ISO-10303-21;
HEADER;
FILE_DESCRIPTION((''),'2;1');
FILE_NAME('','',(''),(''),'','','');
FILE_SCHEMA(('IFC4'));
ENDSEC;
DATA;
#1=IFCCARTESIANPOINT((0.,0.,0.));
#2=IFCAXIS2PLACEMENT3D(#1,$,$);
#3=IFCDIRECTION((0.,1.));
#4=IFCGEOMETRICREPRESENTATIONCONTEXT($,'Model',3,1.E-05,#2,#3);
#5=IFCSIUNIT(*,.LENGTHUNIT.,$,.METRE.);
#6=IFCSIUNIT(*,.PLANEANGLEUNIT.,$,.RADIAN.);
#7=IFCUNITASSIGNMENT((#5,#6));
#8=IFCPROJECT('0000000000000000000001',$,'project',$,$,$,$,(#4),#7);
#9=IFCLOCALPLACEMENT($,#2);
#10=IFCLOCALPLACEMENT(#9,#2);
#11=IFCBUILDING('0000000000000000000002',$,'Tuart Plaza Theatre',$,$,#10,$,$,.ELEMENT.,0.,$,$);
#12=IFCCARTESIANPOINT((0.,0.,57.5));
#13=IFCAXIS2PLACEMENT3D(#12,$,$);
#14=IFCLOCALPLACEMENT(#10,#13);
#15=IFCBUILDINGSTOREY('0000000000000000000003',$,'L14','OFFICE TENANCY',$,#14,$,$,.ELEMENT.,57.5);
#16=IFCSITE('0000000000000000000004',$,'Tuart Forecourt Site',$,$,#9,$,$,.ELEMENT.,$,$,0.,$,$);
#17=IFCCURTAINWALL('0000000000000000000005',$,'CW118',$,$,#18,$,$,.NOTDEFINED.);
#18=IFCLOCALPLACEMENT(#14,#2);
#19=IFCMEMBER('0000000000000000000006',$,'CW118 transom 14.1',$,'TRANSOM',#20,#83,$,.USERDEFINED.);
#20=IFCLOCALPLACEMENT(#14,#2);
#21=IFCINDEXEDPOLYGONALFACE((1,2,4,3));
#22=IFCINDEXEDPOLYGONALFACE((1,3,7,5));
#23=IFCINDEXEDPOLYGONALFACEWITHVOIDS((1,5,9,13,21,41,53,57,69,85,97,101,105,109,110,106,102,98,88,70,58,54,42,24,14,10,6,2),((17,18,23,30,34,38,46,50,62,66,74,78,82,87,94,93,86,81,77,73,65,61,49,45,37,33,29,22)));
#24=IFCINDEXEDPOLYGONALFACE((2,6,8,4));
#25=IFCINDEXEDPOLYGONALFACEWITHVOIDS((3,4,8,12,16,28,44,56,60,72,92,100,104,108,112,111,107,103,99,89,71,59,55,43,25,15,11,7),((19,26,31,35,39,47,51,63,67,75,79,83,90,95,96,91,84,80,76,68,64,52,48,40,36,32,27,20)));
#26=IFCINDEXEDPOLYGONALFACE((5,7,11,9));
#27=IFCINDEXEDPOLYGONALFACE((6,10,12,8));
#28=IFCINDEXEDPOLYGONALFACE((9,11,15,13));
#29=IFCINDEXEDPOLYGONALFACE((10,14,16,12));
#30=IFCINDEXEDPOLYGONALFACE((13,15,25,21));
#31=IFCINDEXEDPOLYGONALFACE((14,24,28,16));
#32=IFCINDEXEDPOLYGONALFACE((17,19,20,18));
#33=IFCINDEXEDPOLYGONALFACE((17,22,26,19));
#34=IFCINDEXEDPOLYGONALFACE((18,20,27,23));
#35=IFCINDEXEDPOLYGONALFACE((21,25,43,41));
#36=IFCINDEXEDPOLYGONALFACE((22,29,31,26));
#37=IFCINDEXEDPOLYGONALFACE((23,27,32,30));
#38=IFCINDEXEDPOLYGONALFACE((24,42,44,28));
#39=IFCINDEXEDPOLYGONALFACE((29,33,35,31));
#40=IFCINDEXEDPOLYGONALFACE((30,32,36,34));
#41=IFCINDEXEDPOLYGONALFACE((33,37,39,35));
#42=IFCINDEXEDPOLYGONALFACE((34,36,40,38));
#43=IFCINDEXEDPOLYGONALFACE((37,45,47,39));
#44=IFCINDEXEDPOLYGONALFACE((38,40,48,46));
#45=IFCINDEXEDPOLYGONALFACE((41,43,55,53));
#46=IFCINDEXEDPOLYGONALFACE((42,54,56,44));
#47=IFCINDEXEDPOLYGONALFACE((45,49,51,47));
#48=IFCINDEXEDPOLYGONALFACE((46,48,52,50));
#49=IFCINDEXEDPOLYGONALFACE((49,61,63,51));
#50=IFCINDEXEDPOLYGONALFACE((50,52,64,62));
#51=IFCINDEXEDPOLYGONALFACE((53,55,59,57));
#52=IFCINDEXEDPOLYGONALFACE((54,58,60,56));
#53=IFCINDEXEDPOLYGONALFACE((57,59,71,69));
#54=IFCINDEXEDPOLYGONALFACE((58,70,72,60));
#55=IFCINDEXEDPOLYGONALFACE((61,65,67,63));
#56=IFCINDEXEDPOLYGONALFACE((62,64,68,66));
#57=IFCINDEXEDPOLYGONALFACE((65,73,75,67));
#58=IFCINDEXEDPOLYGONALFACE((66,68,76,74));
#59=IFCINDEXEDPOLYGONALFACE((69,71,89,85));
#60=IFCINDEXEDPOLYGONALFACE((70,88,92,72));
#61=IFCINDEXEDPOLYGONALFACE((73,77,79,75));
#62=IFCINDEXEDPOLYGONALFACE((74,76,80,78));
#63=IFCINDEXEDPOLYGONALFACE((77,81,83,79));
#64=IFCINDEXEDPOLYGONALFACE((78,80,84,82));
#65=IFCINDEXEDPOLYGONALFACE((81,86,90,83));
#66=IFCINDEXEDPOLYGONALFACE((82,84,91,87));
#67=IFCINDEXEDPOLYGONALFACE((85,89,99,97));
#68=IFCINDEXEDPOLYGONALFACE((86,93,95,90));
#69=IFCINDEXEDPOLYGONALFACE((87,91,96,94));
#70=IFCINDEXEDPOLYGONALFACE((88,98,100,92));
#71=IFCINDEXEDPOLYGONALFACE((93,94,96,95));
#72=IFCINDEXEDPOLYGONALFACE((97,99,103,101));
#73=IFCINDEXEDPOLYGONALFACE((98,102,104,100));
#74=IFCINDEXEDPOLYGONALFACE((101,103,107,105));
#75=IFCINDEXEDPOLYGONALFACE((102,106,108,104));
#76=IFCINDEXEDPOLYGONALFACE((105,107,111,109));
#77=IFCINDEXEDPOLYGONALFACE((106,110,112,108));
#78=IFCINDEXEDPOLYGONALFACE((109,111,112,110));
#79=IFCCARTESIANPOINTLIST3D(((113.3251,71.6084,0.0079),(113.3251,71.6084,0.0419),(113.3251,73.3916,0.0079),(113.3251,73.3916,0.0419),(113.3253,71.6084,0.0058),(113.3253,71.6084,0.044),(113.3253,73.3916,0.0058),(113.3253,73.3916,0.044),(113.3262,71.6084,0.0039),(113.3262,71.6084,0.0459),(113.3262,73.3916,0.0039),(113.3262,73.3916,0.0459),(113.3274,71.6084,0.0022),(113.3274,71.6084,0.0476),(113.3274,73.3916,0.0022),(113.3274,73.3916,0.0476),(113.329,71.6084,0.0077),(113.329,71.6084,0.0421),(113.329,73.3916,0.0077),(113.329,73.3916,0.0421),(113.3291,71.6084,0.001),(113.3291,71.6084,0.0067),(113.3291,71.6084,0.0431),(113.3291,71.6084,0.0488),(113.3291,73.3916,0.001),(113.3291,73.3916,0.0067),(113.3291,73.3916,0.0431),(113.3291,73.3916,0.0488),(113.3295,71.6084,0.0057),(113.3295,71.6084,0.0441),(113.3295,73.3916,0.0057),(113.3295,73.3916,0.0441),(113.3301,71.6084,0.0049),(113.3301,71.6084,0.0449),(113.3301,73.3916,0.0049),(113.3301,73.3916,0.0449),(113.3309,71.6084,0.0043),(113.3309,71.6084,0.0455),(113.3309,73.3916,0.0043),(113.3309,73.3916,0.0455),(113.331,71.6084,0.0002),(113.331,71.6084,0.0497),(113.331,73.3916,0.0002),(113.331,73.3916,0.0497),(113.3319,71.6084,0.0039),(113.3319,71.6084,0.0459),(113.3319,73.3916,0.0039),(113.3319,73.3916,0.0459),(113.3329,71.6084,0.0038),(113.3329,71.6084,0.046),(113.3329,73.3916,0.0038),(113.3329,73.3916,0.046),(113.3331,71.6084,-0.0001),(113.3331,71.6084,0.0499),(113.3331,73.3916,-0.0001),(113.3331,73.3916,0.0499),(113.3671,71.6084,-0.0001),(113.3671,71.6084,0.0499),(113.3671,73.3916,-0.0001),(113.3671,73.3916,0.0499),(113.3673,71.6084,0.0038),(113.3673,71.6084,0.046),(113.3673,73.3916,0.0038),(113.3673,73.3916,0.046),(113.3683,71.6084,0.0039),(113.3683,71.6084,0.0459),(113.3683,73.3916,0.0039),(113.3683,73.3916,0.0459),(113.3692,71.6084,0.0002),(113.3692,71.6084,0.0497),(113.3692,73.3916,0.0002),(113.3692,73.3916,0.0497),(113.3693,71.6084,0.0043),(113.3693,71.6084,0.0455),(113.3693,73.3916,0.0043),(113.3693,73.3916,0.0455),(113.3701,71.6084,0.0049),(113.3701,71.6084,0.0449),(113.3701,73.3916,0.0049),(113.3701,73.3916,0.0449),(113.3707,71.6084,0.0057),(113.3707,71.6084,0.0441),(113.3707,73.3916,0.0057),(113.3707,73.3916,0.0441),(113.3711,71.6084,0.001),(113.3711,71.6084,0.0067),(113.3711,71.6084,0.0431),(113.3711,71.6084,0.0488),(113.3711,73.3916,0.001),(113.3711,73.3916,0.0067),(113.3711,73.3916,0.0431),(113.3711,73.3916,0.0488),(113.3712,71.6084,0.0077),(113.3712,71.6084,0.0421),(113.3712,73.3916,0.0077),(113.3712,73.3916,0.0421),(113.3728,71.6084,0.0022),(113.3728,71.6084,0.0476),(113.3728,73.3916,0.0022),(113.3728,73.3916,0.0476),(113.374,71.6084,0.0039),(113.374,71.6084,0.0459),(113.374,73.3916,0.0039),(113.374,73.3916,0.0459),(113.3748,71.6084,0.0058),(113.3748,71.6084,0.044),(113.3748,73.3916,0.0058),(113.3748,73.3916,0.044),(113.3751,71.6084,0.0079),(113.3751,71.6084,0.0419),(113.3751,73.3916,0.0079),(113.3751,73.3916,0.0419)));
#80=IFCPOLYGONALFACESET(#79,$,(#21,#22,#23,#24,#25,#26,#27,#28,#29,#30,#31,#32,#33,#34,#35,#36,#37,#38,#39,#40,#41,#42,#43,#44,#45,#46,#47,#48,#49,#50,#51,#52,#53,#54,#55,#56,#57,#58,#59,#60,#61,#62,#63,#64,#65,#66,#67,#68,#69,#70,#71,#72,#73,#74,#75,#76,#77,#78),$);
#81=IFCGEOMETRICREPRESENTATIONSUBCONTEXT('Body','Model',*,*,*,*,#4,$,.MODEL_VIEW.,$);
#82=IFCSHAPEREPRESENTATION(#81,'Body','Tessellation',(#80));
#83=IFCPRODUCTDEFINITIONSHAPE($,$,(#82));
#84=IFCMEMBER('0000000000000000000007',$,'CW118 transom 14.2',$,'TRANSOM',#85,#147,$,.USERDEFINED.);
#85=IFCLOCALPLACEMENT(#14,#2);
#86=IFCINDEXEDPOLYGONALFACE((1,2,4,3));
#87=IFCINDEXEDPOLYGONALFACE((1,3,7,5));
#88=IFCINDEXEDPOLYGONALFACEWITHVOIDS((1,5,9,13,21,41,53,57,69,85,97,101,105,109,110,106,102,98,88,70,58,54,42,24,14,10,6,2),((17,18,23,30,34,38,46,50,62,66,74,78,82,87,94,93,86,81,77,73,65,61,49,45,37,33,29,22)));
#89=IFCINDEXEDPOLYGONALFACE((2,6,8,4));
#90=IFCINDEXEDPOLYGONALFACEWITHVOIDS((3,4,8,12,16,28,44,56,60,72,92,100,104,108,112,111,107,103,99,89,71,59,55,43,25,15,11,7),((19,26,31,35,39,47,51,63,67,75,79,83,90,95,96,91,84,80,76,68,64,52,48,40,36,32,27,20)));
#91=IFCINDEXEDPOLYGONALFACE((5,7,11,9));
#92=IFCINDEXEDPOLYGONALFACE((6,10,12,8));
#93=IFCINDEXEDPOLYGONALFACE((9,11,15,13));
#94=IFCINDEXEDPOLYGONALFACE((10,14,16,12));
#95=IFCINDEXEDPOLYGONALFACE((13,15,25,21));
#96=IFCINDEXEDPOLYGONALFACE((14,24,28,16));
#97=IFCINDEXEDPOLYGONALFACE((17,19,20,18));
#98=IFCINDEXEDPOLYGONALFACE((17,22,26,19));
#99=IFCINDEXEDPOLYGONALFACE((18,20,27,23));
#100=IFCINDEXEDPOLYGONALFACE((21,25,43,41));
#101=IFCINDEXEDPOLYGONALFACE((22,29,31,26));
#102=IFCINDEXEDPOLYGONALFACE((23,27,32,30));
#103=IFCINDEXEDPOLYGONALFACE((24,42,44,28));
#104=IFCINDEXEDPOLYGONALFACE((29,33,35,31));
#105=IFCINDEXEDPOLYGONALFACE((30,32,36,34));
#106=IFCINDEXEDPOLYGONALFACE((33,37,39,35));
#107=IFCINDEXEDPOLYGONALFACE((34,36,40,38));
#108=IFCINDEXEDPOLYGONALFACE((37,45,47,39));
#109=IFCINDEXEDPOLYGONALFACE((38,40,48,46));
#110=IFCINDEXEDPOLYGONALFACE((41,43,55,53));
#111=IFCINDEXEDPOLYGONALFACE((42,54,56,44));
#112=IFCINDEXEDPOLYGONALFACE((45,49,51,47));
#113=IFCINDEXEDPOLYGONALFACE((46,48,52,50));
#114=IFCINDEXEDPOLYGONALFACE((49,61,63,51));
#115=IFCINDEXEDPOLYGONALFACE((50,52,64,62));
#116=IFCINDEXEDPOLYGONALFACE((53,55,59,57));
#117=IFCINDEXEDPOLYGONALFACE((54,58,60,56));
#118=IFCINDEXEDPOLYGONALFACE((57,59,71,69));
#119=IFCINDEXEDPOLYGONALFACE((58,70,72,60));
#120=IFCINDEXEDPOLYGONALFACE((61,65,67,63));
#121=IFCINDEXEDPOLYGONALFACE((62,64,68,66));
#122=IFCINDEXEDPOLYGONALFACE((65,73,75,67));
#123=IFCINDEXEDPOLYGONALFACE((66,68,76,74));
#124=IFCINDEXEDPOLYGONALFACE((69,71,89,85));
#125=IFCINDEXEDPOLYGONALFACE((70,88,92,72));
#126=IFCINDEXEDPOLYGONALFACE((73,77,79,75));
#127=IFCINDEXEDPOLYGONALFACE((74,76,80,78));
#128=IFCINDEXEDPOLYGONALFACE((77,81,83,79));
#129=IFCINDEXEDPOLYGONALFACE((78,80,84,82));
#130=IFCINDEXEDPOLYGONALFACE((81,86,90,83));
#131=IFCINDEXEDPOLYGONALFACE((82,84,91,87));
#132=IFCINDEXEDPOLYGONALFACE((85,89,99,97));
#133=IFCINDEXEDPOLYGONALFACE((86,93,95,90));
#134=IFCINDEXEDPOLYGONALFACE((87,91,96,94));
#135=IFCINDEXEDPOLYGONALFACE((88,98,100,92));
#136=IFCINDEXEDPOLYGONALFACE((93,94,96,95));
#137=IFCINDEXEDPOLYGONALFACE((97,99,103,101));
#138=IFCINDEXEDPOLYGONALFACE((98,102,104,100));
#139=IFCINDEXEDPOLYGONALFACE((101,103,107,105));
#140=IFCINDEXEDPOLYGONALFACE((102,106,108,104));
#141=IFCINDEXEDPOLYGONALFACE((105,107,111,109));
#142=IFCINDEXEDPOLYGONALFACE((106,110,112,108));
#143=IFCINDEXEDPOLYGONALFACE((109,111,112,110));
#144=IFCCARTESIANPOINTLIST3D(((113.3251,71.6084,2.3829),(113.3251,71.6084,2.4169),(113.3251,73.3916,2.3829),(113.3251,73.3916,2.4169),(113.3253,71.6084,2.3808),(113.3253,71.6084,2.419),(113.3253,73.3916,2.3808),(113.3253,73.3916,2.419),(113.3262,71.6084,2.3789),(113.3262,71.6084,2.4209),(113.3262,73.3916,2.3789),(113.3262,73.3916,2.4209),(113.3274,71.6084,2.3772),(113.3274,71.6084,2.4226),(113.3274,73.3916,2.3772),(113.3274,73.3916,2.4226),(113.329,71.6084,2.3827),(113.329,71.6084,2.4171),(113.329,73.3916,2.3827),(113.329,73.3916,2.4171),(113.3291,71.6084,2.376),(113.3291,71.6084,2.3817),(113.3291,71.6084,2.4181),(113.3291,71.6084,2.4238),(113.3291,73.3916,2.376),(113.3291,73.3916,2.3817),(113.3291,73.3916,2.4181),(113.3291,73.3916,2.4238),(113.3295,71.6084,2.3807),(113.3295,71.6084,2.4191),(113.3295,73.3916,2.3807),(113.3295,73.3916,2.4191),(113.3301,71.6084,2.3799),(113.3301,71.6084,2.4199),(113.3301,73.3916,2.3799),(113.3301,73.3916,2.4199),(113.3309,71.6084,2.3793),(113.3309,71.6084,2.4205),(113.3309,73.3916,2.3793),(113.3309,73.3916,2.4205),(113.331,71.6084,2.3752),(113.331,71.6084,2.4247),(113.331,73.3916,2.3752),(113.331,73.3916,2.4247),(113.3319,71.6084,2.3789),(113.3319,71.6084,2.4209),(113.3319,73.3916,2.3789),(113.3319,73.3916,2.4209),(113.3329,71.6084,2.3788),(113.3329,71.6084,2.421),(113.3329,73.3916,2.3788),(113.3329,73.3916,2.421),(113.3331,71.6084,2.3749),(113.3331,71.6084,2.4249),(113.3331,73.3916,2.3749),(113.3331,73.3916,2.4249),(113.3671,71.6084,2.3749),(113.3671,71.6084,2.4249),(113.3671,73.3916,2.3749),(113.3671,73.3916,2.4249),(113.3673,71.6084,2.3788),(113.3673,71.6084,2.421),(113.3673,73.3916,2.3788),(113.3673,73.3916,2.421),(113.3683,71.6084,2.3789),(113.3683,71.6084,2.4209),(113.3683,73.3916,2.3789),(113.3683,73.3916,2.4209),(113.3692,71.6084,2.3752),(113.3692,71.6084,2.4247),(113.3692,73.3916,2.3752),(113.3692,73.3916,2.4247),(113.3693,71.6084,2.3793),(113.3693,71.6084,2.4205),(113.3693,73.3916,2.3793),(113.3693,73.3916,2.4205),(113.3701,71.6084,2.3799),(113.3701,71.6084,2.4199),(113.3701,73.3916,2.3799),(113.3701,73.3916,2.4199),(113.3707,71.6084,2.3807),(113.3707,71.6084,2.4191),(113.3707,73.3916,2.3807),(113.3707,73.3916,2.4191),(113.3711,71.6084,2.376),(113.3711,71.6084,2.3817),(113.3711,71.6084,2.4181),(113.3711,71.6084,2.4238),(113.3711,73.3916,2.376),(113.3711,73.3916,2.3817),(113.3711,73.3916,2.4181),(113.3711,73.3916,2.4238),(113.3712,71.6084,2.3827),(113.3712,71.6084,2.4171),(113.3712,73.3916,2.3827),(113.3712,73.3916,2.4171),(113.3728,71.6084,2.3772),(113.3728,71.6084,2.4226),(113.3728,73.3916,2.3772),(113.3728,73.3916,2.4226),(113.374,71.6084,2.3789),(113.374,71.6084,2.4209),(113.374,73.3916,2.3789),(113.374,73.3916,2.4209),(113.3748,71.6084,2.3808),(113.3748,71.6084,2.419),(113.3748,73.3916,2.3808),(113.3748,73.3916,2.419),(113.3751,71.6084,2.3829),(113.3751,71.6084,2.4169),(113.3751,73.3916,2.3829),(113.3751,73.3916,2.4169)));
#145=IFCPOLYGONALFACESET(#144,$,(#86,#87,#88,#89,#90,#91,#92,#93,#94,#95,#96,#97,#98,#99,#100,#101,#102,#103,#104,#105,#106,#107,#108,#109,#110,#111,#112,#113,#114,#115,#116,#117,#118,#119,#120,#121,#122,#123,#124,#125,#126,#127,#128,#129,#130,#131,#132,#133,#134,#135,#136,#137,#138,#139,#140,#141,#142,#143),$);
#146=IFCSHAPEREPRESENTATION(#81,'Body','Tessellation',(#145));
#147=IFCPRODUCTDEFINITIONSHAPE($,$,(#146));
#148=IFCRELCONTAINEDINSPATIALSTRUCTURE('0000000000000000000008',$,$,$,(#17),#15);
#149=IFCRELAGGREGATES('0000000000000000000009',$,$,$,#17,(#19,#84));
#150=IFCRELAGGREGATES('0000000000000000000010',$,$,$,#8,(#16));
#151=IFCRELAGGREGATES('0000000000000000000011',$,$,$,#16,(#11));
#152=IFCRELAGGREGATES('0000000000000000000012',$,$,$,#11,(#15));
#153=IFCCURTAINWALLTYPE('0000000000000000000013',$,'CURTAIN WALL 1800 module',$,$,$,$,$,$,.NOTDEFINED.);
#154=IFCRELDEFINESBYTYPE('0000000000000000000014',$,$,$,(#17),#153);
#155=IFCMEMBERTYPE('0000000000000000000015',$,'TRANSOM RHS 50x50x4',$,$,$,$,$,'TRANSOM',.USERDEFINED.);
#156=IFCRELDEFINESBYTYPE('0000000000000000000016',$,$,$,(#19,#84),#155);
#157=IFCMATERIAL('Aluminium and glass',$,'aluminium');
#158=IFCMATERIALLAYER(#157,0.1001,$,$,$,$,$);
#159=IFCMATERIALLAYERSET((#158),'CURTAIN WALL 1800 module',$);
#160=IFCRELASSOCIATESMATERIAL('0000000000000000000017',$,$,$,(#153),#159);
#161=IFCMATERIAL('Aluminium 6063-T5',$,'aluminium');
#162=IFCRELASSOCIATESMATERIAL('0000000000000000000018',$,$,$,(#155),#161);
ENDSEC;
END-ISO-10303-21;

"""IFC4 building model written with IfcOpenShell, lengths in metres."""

from ifc_helpers import new_model, si_unit, direction, frame, origin, origin_2d, place, context, subcontext, project, spatial, hollow_rectangle, extrude, material, layer, layer_set, material_profile, profile_set, type_object, element, aggregate, save


model = new_model("IFC4")

# Units and contexts
model_context = context("Model", 3, precision=1e-05, world=origin(), true_north=direction((0.0, 1.0)))
body_context = subcontext(model_context, "Body", "Model", "MODEL_VIEW")
ifc_project = project(units=[si_unit("LENGTHUNIT", "METRE"), si_unit("PLANEANGLEUNIT", "RADIAN")], contexts=[model_context])

# Site, building, storey
site_placement = place(None, origin())
site = spatial("IfcSite", under=ifc_project, at=site_placement, Name="Tuart Forecourt Site", CompositionType="ELEMENT", RefElevation=0.0)
building_placement = place(site_placement, origin())
building = spatial("IfcBuilding", under=site, at=building_placement, Name="Tuart Plaza Theatre", CompositionType="ELEMENT", ElevationOfRefHeight=0.0)
storey_placement = place(building_placement, frame((0.0, 0.0, 57.5)))
storey = spatial("IfcBuildingStorey", under=building, at=storey_placement, Name="L14", Description="OFFICE TENANCY", CompositionType="ELEMENT", Elevation=57.5)

# Curtain wall, members
ifc_material_1 = material(Name="Aluminium and glass", Category="aluminium")
ifc_layer_1 = layer(ifc_material_1, 0.1001)
ifc_layer_set_1 = layer_set([ifc_layer_1], Name="CURTAIN WALL 1800 module")
curtain_wall_type = type_object("IfcCurtainWallType", Name="CURTAIN WALL 1800 module", PredefinedType="NOTDEFINED", material=ifc_layer_set_1)
curtain_wall_placement = place(storey_placement, origin())
curtain_wall = element("IfcCurtainWall", 1, at=curtain_wall_placement, inside=storey, type_object=curtain_wall_type, Name="CW118", PredefinedType="NOTDEFINED")
ifc_material_2 = material(Name="Aluminium 6063-T5", Category="aluminium")
ifc_material_profile = material_profile(ifc_material_2, hollow_rectangle(XDim=0.05, YDim=0.05, WallThickness=0.0039, InnerFilletRadius=0.0039, OuterFilletRadius=0.0081, at=origin_2d()), Name="RHS 50x50x4")
ifc_profile_set = profile_set([ifc_material_profile], Name="Aluminium 6063-T5")
member_type = type_object("IfcMemberType", Name="TRANSOM RHS 50x50x4", ElementType="TRANSOM", PredefinedType="USERDEFINED", material=ifc_profile_set)
member_1_placement = place(storey_placement, frame((113.3501, 73.3916, 0.0249), z_axis=(0.0, -1.0, 0.0), x_axis=(1.0, 0.0, 0.0)))
member_1 = element("IfcMember", 2, at=member_1_placement, type_object=member_type, Name="CW118 transom 14.1", ObjectType="TRANSOM", PredefinedType="USERDEFINED", context=body_context, shape_type="SweptSolid", body=[
    extrude(hollow_rectangle(XDim=0.05, YDim=0.05, WallThickness=0.0039, InnerFilletRadius=0.0039, OuterFilletRadius=0.0081, at=origin_2d()), origin(), (0.0, 0.0, 1.0), 1.7832),
])
member_2_placement = place(storey_placement, frame((113.3501, 73.3916, 2.3999), z_axis=(0.0, -1.0, 0.0), x_axis=(1.0, 0.0, 0.0)))
member_2 = element("IfcMember", 3, at=member_2_placement, type_object=member_type, Name="CW118 transom 14.2", ObjectType="TRANSOM", PredefinedType="USERDEFINED", context=body_context, shape_type="SweptSolid", body=[
    extrude(hollow_rectangle(XDim=0.05, YDim=0.05, WallThickness=0.0039, InnerFilletRadius=0.0039, OuterFilletRadius=0.0081, at=origin_2d()), origin(), (0.0, 0.0, 1.0), 1.7832),
])
aggregate(curtain_wall, [member_1, member_2])

save(model, "model.ifc")
